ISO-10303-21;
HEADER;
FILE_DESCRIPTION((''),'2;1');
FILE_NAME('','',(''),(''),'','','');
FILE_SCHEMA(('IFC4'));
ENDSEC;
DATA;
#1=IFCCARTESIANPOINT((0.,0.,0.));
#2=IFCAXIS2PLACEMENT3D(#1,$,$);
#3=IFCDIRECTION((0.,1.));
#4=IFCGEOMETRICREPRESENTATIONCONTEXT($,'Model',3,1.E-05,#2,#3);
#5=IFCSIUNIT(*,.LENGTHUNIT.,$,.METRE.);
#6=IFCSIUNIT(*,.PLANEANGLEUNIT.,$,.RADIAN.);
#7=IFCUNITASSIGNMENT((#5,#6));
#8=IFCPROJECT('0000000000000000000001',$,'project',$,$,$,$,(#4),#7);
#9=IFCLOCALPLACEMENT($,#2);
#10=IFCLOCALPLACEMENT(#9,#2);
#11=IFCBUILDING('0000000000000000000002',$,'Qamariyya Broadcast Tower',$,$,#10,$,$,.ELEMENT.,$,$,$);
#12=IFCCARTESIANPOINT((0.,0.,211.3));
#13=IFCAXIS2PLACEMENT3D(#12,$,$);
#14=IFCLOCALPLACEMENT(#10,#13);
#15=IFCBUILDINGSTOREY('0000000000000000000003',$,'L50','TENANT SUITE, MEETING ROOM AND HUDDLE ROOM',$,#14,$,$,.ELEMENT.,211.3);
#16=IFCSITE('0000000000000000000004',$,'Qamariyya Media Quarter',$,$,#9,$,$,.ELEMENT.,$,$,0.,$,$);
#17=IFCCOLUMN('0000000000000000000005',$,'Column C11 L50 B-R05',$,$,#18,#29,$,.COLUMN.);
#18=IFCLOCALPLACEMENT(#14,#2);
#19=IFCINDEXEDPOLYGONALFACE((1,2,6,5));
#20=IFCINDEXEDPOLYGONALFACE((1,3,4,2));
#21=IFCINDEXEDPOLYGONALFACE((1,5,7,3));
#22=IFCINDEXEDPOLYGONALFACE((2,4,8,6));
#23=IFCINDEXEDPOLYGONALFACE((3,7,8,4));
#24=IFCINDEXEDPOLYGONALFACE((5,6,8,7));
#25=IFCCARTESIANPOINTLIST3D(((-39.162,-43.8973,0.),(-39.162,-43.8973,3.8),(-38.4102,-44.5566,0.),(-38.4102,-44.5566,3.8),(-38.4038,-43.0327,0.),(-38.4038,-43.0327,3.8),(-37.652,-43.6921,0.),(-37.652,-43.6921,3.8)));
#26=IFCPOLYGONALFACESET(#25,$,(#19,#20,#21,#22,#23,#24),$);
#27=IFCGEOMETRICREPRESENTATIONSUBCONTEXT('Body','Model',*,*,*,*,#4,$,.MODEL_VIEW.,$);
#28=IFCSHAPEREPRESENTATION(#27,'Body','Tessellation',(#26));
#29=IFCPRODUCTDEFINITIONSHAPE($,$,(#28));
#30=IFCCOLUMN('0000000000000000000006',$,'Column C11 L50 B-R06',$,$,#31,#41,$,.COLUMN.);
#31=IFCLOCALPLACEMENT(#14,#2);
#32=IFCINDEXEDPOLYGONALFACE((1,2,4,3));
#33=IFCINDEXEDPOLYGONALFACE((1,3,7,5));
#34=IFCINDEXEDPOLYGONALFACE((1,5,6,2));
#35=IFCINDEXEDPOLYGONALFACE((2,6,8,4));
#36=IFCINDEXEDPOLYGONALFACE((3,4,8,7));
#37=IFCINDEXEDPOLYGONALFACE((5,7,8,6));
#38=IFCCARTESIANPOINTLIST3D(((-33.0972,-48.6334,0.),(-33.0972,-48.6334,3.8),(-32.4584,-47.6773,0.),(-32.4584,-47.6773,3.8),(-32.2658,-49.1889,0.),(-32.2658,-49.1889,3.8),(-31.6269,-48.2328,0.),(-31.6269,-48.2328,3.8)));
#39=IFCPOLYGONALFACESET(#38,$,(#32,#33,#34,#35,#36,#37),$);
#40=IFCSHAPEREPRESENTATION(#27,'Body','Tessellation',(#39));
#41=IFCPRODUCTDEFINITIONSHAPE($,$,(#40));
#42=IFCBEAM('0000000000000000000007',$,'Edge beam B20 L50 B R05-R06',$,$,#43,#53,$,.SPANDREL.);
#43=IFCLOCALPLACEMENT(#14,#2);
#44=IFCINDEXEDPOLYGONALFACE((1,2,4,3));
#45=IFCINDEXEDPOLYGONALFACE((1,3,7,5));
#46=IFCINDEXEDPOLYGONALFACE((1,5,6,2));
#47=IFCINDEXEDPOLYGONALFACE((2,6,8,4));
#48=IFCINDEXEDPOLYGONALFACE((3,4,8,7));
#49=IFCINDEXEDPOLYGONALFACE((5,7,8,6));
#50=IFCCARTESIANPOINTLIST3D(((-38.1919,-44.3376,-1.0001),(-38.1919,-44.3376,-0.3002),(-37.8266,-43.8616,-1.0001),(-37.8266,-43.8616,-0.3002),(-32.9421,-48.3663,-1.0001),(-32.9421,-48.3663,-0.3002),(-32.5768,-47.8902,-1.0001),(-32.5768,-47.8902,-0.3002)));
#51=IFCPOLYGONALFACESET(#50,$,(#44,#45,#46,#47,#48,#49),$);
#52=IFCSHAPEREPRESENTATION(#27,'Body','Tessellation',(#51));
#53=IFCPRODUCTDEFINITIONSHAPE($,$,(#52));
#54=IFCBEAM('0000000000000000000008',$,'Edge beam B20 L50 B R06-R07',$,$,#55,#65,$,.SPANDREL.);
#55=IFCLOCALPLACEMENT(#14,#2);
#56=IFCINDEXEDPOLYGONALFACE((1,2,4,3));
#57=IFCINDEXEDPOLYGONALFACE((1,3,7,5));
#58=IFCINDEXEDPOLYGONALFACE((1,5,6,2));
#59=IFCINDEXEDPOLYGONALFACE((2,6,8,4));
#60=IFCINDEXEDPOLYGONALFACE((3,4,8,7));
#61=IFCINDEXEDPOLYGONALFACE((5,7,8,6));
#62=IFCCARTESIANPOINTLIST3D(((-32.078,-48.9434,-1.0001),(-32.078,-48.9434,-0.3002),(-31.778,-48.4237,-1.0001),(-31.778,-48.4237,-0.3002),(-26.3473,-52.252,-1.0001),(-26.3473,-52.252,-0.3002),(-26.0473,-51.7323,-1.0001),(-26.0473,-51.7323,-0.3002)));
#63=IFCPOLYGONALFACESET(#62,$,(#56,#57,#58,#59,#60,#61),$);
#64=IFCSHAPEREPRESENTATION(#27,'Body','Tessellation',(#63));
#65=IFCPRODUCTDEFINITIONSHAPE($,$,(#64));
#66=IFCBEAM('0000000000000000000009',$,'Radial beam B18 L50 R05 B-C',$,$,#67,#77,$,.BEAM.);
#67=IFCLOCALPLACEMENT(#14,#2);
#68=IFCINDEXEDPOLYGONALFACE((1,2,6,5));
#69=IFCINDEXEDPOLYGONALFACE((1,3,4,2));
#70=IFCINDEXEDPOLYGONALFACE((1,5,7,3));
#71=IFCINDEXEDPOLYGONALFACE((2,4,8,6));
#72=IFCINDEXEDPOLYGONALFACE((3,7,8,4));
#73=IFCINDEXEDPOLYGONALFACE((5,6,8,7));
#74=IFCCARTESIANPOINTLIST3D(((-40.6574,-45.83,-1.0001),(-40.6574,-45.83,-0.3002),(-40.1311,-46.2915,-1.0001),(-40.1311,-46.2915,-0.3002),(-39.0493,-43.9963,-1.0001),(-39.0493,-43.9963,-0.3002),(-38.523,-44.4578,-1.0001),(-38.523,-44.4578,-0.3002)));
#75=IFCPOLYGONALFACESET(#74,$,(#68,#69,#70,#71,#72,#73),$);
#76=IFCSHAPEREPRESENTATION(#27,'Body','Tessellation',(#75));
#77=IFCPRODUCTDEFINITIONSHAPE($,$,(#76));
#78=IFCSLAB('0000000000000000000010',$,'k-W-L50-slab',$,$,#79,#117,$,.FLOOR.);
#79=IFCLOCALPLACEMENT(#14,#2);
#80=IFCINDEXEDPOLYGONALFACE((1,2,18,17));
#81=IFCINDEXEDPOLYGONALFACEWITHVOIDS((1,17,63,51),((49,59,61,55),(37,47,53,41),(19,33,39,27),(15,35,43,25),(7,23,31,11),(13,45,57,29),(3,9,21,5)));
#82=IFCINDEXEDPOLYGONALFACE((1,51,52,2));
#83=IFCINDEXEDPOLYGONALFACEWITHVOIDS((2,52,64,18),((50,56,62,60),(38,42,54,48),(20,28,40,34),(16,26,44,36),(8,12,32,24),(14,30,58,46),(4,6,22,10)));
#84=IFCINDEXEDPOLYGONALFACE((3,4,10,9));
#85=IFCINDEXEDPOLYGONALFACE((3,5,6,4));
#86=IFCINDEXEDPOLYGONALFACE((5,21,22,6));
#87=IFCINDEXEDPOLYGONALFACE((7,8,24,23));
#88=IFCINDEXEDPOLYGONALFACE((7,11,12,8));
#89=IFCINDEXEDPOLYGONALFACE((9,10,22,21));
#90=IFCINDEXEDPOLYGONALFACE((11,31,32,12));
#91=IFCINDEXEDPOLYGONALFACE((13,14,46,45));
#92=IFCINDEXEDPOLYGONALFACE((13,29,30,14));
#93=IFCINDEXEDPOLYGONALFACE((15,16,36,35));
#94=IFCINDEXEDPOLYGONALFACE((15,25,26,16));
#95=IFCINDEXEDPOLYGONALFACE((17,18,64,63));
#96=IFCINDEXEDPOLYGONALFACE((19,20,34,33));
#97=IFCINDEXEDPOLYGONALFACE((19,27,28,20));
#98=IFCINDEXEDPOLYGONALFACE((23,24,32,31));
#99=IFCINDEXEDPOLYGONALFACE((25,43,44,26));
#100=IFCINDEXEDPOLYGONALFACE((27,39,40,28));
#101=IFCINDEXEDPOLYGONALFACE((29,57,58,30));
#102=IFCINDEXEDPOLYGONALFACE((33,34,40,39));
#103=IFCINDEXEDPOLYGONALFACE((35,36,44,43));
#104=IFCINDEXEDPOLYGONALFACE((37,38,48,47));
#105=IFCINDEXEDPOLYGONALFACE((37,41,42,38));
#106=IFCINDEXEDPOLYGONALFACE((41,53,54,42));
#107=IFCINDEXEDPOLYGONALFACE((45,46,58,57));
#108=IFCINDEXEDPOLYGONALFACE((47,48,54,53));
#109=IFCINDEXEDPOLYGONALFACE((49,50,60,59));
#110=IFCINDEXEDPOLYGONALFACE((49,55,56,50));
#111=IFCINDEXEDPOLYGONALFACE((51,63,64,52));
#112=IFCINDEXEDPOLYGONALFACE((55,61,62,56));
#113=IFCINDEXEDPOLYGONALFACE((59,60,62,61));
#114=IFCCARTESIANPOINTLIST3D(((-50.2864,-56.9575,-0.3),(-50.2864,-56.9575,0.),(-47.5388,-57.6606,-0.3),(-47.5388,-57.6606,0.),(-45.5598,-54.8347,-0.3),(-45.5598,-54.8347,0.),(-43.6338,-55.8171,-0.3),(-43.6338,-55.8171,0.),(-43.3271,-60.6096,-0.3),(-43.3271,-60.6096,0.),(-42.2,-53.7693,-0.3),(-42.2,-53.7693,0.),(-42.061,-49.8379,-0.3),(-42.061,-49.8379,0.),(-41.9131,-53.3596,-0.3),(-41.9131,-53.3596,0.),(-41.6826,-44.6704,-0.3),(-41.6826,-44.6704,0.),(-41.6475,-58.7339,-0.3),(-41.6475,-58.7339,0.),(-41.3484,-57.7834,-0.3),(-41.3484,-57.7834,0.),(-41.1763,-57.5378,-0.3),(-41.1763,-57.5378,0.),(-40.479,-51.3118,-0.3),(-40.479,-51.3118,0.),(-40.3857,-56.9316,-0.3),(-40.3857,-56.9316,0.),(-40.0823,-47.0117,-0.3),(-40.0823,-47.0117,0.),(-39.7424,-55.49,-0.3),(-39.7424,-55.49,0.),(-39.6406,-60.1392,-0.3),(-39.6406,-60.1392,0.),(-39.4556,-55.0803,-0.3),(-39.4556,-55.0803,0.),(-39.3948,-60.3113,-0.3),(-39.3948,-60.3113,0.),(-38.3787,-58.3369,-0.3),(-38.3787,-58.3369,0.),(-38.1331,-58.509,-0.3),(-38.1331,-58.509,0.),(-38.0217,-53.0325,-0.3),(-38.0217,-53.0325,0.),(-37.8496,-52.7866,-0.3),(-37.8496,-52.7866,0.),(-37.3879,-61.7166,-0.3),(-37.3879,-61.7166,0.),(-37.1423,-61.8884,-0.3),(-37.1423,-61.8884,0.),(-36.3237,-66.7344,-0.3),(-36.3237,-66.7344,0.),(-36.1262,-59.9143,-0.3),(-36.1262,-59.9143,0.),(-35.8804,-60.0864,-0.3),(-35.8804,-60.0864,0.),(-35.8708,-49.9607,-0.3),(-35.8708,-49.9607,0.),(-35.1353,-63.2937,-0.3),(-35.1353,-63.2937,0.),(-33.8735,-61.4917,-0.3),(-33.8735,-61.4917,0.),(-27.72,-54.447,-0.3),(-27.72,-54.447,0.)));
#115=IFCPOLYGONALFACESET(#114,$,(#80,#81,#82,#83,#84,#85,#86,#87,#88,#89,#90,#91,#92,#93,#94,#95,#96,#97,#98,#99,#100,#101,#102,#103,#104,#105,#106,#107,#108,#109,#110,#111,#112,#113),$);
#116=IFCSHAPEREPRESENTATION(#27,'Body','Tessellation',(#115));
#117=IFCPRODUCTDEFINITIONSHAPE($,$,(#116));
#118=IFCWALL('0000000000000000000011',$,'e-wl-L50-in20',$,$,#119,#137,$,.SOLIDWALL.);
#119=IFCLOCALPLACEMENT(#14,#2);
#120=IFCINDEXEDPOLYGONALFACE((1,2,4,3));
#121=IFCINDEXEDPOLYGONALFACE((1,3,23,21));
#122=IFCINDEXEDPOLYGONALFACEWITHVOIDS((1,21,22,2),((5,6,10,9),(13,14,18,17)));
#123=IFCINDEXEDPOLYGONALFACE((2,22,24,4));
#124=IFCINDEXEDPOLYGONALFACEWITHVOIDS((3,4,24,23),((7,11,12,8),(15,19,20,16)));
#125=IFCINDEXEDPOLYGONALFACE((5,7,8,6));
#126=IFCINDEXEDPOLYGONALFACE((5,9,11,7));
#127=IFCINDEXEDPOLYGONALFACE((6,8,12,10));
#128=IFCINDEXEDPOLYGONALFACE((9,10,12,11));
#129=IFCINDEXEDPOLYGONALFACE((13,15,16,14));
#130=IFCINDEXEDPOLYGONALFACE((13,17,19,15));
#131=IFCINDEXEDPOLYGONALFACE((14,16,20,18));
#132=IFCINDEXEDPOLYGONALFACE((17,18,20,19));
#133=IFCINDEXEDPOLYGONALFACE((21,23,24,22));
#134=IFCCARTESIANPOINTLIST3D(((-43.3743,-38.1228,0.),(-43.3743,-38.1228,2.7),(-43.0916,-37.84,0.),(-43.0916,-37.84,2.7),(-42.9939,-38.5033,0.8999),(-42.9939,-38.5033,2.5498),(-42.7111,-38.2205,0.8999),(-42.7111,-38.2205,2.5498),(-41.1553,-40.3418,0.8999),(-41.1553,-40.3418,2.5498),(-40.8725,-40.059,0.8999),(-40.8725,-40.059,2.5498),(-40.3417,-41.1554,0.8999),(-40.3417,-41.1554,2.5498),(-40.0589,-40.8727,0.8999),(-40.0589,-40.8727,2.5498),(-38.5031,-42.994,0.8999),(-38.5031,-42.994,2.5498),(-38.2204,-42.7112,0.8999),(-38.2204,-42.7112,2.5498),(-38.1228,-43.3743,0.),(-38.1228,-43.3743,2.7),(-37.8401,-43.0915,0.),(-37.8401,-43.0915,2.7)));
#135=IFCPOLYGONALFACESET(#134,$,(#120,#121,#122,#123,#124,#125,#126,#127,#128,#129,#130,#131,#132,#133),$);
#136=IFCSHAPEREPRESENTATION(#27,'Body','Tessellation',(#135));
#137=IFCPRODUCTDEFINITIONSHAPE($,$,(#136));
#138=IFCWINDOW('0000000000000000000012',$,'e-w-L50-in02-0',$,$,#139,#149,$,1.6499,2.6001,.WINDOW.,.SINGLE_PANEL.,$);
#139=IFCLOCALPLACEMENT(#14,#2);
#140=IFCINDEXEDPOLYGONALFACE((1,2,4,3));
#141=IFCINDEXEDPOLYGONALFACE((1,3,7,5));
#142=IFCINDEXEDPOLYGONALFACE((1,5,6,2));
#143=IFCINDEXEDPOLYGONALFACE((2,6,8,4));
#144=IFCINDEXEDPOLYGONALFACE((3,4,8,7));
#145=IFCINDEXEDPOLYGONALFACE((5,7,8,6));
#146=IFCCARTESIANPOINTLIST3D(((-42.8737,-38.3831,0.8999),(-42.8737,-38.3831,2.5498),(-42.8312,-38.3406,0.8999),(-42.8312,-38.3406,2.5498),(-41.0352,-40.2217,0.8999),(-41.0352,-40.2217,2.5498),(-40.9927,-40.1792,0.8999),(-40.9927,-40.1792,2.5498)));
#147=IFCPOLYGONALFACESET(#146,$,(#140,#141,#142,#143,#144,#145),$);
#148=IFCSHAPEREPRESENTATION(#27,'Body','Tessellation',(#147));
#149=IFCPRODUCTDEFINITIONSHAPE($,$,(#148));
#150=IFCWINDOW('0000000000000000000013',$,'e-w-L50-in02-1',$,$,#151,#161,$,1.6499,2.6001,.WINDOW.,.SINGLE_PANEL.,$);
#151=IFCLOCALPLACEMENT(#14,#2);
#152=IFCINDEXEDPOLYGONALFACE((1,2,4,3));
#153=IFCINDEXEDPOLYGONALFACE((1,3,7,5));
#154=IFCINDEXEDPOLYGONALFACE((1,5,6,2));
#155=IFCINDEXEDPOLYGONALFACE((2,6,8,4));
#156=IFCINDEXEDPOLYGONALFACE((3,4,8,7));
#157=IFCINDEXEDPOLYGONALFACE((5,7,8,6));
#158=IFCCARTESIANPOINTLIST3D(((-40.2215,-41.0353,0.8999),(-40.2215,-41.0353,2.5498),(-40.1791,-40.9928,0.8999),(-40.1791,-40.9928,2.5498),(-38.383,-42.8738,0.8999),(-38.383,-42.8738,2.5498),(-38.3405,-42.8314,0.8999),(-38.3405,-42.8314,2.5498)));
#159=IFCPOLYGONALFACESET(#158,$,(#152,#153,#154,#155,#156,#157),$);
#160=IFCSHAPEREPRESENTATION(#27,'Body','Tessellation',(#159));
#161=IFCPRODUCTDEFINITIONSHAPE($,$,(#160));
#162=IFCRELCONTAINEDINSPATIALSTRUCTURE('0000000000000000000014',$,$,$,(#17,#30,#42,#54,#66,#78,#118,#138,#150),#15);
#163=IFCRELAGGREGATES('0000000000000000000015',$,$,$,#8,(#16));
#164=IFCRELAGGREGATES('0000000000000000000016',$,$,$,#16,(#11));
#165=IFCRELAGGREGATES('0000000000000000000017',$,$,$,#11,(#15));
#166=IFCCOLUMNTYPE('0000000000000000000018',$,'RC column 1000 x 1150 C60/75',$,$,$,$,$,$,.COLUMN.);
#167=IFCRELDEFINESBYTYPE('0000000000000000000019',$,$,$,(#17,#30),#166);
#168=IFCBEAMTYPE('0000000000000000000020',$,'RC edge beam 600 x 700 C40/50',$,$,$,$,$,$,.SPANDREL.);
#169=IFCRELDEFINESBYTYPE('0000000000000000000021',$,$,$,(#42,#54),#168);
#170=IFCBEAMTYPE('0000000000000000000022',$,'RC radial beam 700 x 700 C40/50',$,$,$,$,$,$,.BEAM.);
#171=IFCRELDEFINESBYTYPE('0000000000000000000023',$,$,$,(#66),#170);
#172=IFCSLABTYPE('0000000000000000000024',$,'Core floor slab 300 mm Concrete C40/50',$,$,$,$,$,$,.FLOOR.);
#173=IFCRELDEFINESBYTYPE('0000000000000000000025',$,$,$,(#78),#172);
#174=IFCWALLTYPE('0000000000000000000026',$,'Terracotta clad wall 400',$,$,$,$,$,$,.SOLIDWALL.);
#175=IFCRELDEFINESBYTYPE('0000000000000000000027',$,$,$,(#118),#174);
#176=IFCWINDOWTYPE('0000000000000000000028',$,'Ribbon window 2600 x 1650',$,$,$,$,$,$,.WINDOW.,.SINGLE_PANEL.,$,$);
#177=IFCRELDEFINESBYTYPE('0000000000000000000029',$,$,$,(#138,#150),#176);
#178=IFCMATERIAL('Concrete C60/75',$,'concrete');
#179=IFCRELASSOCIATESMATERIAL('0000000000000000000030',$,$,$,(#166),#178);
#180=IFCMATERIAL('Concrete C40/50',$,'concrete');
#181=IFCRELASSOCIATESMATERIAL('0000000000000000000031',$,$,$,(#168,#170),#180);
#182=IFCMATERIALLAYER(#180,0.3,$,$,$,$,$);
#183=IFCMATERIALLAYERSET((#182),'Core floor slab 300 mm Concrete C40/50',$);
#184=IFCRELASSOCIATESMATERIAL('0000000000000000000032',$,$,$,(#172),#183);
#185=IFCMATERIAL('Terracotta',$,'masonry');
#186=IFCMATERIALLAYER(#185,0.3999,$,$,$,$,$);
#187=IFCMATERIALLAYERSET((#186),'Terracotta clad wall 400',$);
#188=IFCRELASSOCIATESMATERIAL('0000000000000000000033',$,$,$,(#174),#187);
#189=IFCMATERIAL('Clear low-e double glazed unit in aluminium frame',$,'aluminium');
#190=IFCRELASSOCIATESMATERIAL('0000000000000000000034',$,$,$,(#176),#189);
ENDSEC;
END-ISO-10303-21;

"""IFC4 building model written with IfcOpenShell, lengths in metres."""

from ifc_helpers import new_model, si_unit, direction, frame, frame_2d, origin, origin_2d, place, context, subcontext, project, spatial, polyline, rectangle, outline, extrude, material, layer, layer_set, material_profile, profile_set, type_object, element, fill, save


model = new_model("IFC4")

# Units and contexts
model_context = context("Model", 3, precision=1e-05, world=origin(), true_north=direction((0.0, 1.0)))
body_context = subcontext(model_context, "Body", "Model", "MODEL_VIEW")
ifc_project = project(units=[si_unit("LENGTHUNIT", "METRE"), si_unit("PLANEANGLEUNIT", "RADIAN")], contexts=[model_context])

# Site, building, storey
site_placement = place(None, origin())
site = spatial("IfcSite", under=ifc_project, at=site_placement, Name="Qamariyya Media Quarter", CompositionType="ELEMENT", RefElevation=0.0)
building_placement = place(site_placement, origin())
building = spatial("IfcBuilding", under=site, at=building_placement, Name="Qamariyya Broadcast Tower", CompositionType="ELEMENT")
storey_placement = place(building_placement, frame((0.0, 0.0, 211.3)))
storey = spatial("IfcBuildingStorey", under=building, at=storey_placement, Name="L50", Description="TENANT SUITE, MEETING ROOM AND HUDDLE ROOM", CompositionType="ELEMENT", Elevation=211.3)

# Columns
ifc_material_1 = material(Name="Concrete C60/75", Category="concrete")
ifc_material_profile_1 = material_profile(ifc_material_1, rectangle(XDim=1.0, YDim=1.1499, at=origin_2d()))
ifc_profile_set_1 = profile_set([ifc_material_profile_1], Name="Concrete C60/75")
column_type = type_object("IfcColumnType", Name="RC column 1000 x 1150 C60/75", PredefinedType="COLUMN", material=ifc_profile_set_1)
for number, where, z_axis, x_axis, name in (
    (1, (-38.407, -43.7947, 0.0), (0.0, 0.0, 1.0), (0.75184, -0.659346, 0.0), "Column C11 L50 B-R05"),
    (2, (-32.3621, -48.4331, 0.0), (0.0, 0.0, 1.0), (0.83147, -0.55557, 0.0), "Column C11 L50 B-R06"),
):
    element("IfcColumn", number, at=place(storey_placement, frame(where, z_axis=z_axis, x_axis=x_axis)), inside=storey, type_object=column_type, Name=name, PredefinedType="COLUMN", context=body_context, shape_type="SweptSolid", body=[
        extrude(rectangle(XDim=1.0, YDim=1.1499, at=origin_2d()), origin(), (0.0, 0.0, 1.0), 3.8),
    ])

# Beams
ifc_material_2 = material(Name="Concrete C40/50", Category="concrete")
ifc_material_profile_2 = material_profile(ifc_material_2, rectangle(XDim=0.6001, YDim=0.7, at=origin_2d()))
ifc_profile_set_2 = profile_set([ifc_material_profile_2], Name="Concrete C40/50")
beam_type_1 = type_object("IfcBeamType", Name="RC edge beam 600 x 700 C40/50", PredefinedType="SPANDREL", material=ifc_profile_set_2)
beam_1_placement = place(storey_placement, frame((-38.0093, -44.0996, -0.6501), z_axis=(0.793333, -0.608789, 0.0), x_axis=(0.608789, 0.793333, 0.0)))
element("IfcBeam", 3, at=beam_1_placement, inside=storey, type_object=beam_type_1, Name="Edge beam B20 L50 B R05-R06", PredefinedType="SPANDREL", context=body_context, shape_type="SweptSolid", body=[
    extrude(rectangle(XDim=0.6001, YDim=0.7, at=origin_2d()), origin(), (0.0, 0.0, 1.0), 6.6174),
])
beam_2_placement = place(storey_placement, frame((-31.928, -48.6836, -0.6501), z_axis=(0.866028, -0.499996, 0.0), x_axis=(0.499996, 0.866028, 0.0)))
element("IfcBeam", 4, at=beam_2_placement, inside=storey, type_object=beam_type_1, Name="Edge beam B20 L50 B R06-R07", PredefinedType="SPANDREL", context=body_context, shape_type="SweptSolid", body=[
    extrude(rectangle(XDim=0.6001, YDim=0.7, at=origin_2d()), origin(), (0.0, 0.0, 1.0), 6.6172),
])
ifc_material_profile_3 = material_profile(ifc_material_2, rectangle(XDim=0.7, YDim=0.7, at=origin_2d()))
ifc_profile_set_3 = profile_set([ifc_material_profile_3], Name="Concrete C40/50")
beam_type_2 = type_object("IfcBeamType", Name="RC radial beam 700 x 700 C40/50", PredefinedType="BEAM", material=ifc_profile_set_3)
beam_3_placement = place(storey_placement, frame((-38.7861, -44.2271, -0.6501), z_axis=(-0.659348, -0.751838, 0.0), x_axis=(0.751838, -0.659348, 0.0)))
element("IfcBeam", 5, at=beam_3_placement, inside=storey, type_object=beam_type_2, Name="Radial beam B18 L50 R05 B-C", PredefinedType="BEAM", context=body_context, shape_type="SweptSolid", body=[
    extrude(rectangle(XDim=0.7, YDim=0.7, at=origin_2d()), origin(), (0.0, 0.0, 1.0), 2.439),
])

# Slab
ifc_layer_1 = layer(ifc_material_2, 0.3)
ifc_layer_set_1 = layer_set([ifc_layer_1], Name="Core floor slab 300 mm Concrete C40/50")
slab_type_1 = type_object("IfcSlabType", Name="Core floor slab 300 mm Concrete C40/50", PredefinedType="FLOOR", material=ifc_layer_set_1)
slab_1_placement = place(storey_placement, frame((0.0, 0.0, -0.3)))
element("IfcSlab", 6, at=slab_1_placement, inside=storey, type_object=slab_type_1, Name="k-W-L50-slab", PredefinedType="FLOOR", context=body_context, shape_type="SweptSolid", body=[
    extrude(outline(polyline([(-50.2864, -56.9575), (-36.3237, -66.7344), (-27.72, -54.447), (-41.6826, -44.6704), (-50.2864, -56.9575)]), holes=[polyline([(-33.8735, -61.4917), (-35.8804, -60.0864), (-37.1423, -61.8884), (-35.1353, -63.2937), (-33.8735, -61.4917)]), polyline([(-36.1262, -59.9143), (-38.1331, -58.509), (-39.3948, -60.3113), (-37.3879, -61.7166), (-36.1262, -59.9143)]), polyline([(-38.3787, -58.3369), (-40.3857, -56.9316), (-41.6475, -58.7339), (-39.6406, -60.1392), (-38.3787, -58.3369)]), polyline([(-39.7424, -55.49), (-42.2, -53.7693), (-43.6338, -55.8171), (-41.1763, -57.5378), (-39.7424, -55.49)]), polyline([(-39.4556, -55.0803), (-41.9131, -53.3596), (-40.479, -51.3118), (-38.0217, -53.0325), (-39.4556, -55.0803)]), polyline([(-42.061, -49.8379), (-37.8496, -52.7866), (-35.8708, -49.9607), (-40.0823, -47.0117), (-42.061, -49.8379)]), polyline([(-47.5388, -57.6606), (-43.3271, -60.6096), (-41.3484, -57.7834), (-45.5598, -54.8347), (-47.5388, -57.6606)])]), origin(), (0.0, 0.0, 1.0), 0.3),
])

# Wall, openings, windows
ifc_material_3 = material(Name="Terracotta", Category="masonry")
ifc_layer_2 = layer(ifc_material_3, 0.3999)
ifc_layer_set_2 = layer_set([ifc_layer_2], Name="Terracotta clad wall 400")
wall_type = type_object("IfcWallType", Name="Terracotta clad wall 400", PredefinedType="SOLIDWALL", material=ifc_layer_set_2)
wall_1_placement = place(storey_placement, frame((-37.9814, -43.2329, 0.0), z_axis=(0.0, 0.0, 1.0), x_axis=(-0.707107, 0.707107, 0.0)))
wall_1 = element("IfcWall", 7, at=wall_1_placement, inside=storey, type_object=wall_type, Name="e-wl-L50-in20", PredefinedType="SOLIDWALL", context=body_context, shape_type="SweptSolid", body=[
    extrude(rectangle(XDim=7.4268, YDim=0.3999, at=frame_2d((3.7134, 0.0))), origin(), (0.0, 0.0, 1.0), 2.7),
])
opening_1_placement = place(wall_1_placement, frame((4.2886, 0.0, 0.8999)))
opening_1 = element("IfcOpeningElement", 8, at=opening_1_placement, cuts=wall_1, PredefinedType="OPENING", context=body_context, shape_type="SweptSolid", body=[
    extrude(rectangle(XDim=2.6001, YDim=1.6499, at=frame_2d((1.3, 0.825))), frame((0.0, 0.21, 0.0), z_axis=(0.0, -1.0, 0.0), x_axis=(1.0, 0.0, 0.0)), (0.0, 0.0, 1.0), 0.4199),
])
opening_2_placement = place(wall_1_placement, frame((0.5378, 0.0, 0.8999)))
opening_2 = element("IfcOpeningElement", 9, at=opening_2_placement, cuts=wall_1, PredefinedType="OPENING", context=body_context, shape_type="SweptSolid", body=[
    extrude(rectangle(XDim=2.6001, YDim=1.6499, at=frame_2d((1.3, 0.825))), frame((0.0, 0.21, 0.0), z_axis=(0.0, -1.0, 0.0), x_axis=(1.0, 0.0, 0.0)), (0.0, 0.0, 1.0), 0.4199),
])
ifc_material_4 = material(Name="Clear low-e double glazed unit in aluminium frame", Category="aluminium")
window_type = type_object("IfcWindowType", Name="Ribbon window 2600 x 1650", PartitioningType="SINGLE_PANEL", PredefinedType="WINDOW", material=ifc_material_4)
window_1_placement = place(opening_1_placement, origin())
window_1 = element("IfcWindow", 10, at=window_1_placement, inside=storey, type_object=window_type, Name="e-w-L50-in02-0", OverallHeight=1.6499, OverallWidth=2.6001, PartitioningType="SINGLE_PANEL", PredefinedType="WINDOW", context=body_context, shape_type="SweptSolid", body=[
    extrude(rectangle(XDim=2.6001, YDim=1.6499, at=frame_2d((1.3, 0.825))), frame((0.0, 0.03, 0.0), z_axis=(0.0, -1.0, 0.0), x_axis=(1.0, 0.0, 0.0)), (0.0, 0.0, 1.0), 0.0601),
])
fill(opening_1, window_1)
window_2_placement = place(opening_2_placement, origin())
window_2 = element("IfcWindow", 11, at=window_2_placement, inside=storey, type_object=window_type, Name="e-w-L50-in02-1", OverallHeight=1.6499, OverallWidth=2.6001, PartitioningType="SINGLE_PANEL", PredefinedType="WINDOW", context=body_context, shape_type="SweptSolid", body=[
    extrude(rectangle(XDim=2.6001, YDim=1.6499, at=frame_2d((1.3, 0.825))), frame((0.0, 0.03, 0.0), z_axis=(0.0, -1.0, 0.0), x_axis=(1.0, 0.0, 0.0)), (0.0, 0.0, 1.0), 0.0601),
])
fill(opening_2, window_2)

save(model, "model.ifc")
